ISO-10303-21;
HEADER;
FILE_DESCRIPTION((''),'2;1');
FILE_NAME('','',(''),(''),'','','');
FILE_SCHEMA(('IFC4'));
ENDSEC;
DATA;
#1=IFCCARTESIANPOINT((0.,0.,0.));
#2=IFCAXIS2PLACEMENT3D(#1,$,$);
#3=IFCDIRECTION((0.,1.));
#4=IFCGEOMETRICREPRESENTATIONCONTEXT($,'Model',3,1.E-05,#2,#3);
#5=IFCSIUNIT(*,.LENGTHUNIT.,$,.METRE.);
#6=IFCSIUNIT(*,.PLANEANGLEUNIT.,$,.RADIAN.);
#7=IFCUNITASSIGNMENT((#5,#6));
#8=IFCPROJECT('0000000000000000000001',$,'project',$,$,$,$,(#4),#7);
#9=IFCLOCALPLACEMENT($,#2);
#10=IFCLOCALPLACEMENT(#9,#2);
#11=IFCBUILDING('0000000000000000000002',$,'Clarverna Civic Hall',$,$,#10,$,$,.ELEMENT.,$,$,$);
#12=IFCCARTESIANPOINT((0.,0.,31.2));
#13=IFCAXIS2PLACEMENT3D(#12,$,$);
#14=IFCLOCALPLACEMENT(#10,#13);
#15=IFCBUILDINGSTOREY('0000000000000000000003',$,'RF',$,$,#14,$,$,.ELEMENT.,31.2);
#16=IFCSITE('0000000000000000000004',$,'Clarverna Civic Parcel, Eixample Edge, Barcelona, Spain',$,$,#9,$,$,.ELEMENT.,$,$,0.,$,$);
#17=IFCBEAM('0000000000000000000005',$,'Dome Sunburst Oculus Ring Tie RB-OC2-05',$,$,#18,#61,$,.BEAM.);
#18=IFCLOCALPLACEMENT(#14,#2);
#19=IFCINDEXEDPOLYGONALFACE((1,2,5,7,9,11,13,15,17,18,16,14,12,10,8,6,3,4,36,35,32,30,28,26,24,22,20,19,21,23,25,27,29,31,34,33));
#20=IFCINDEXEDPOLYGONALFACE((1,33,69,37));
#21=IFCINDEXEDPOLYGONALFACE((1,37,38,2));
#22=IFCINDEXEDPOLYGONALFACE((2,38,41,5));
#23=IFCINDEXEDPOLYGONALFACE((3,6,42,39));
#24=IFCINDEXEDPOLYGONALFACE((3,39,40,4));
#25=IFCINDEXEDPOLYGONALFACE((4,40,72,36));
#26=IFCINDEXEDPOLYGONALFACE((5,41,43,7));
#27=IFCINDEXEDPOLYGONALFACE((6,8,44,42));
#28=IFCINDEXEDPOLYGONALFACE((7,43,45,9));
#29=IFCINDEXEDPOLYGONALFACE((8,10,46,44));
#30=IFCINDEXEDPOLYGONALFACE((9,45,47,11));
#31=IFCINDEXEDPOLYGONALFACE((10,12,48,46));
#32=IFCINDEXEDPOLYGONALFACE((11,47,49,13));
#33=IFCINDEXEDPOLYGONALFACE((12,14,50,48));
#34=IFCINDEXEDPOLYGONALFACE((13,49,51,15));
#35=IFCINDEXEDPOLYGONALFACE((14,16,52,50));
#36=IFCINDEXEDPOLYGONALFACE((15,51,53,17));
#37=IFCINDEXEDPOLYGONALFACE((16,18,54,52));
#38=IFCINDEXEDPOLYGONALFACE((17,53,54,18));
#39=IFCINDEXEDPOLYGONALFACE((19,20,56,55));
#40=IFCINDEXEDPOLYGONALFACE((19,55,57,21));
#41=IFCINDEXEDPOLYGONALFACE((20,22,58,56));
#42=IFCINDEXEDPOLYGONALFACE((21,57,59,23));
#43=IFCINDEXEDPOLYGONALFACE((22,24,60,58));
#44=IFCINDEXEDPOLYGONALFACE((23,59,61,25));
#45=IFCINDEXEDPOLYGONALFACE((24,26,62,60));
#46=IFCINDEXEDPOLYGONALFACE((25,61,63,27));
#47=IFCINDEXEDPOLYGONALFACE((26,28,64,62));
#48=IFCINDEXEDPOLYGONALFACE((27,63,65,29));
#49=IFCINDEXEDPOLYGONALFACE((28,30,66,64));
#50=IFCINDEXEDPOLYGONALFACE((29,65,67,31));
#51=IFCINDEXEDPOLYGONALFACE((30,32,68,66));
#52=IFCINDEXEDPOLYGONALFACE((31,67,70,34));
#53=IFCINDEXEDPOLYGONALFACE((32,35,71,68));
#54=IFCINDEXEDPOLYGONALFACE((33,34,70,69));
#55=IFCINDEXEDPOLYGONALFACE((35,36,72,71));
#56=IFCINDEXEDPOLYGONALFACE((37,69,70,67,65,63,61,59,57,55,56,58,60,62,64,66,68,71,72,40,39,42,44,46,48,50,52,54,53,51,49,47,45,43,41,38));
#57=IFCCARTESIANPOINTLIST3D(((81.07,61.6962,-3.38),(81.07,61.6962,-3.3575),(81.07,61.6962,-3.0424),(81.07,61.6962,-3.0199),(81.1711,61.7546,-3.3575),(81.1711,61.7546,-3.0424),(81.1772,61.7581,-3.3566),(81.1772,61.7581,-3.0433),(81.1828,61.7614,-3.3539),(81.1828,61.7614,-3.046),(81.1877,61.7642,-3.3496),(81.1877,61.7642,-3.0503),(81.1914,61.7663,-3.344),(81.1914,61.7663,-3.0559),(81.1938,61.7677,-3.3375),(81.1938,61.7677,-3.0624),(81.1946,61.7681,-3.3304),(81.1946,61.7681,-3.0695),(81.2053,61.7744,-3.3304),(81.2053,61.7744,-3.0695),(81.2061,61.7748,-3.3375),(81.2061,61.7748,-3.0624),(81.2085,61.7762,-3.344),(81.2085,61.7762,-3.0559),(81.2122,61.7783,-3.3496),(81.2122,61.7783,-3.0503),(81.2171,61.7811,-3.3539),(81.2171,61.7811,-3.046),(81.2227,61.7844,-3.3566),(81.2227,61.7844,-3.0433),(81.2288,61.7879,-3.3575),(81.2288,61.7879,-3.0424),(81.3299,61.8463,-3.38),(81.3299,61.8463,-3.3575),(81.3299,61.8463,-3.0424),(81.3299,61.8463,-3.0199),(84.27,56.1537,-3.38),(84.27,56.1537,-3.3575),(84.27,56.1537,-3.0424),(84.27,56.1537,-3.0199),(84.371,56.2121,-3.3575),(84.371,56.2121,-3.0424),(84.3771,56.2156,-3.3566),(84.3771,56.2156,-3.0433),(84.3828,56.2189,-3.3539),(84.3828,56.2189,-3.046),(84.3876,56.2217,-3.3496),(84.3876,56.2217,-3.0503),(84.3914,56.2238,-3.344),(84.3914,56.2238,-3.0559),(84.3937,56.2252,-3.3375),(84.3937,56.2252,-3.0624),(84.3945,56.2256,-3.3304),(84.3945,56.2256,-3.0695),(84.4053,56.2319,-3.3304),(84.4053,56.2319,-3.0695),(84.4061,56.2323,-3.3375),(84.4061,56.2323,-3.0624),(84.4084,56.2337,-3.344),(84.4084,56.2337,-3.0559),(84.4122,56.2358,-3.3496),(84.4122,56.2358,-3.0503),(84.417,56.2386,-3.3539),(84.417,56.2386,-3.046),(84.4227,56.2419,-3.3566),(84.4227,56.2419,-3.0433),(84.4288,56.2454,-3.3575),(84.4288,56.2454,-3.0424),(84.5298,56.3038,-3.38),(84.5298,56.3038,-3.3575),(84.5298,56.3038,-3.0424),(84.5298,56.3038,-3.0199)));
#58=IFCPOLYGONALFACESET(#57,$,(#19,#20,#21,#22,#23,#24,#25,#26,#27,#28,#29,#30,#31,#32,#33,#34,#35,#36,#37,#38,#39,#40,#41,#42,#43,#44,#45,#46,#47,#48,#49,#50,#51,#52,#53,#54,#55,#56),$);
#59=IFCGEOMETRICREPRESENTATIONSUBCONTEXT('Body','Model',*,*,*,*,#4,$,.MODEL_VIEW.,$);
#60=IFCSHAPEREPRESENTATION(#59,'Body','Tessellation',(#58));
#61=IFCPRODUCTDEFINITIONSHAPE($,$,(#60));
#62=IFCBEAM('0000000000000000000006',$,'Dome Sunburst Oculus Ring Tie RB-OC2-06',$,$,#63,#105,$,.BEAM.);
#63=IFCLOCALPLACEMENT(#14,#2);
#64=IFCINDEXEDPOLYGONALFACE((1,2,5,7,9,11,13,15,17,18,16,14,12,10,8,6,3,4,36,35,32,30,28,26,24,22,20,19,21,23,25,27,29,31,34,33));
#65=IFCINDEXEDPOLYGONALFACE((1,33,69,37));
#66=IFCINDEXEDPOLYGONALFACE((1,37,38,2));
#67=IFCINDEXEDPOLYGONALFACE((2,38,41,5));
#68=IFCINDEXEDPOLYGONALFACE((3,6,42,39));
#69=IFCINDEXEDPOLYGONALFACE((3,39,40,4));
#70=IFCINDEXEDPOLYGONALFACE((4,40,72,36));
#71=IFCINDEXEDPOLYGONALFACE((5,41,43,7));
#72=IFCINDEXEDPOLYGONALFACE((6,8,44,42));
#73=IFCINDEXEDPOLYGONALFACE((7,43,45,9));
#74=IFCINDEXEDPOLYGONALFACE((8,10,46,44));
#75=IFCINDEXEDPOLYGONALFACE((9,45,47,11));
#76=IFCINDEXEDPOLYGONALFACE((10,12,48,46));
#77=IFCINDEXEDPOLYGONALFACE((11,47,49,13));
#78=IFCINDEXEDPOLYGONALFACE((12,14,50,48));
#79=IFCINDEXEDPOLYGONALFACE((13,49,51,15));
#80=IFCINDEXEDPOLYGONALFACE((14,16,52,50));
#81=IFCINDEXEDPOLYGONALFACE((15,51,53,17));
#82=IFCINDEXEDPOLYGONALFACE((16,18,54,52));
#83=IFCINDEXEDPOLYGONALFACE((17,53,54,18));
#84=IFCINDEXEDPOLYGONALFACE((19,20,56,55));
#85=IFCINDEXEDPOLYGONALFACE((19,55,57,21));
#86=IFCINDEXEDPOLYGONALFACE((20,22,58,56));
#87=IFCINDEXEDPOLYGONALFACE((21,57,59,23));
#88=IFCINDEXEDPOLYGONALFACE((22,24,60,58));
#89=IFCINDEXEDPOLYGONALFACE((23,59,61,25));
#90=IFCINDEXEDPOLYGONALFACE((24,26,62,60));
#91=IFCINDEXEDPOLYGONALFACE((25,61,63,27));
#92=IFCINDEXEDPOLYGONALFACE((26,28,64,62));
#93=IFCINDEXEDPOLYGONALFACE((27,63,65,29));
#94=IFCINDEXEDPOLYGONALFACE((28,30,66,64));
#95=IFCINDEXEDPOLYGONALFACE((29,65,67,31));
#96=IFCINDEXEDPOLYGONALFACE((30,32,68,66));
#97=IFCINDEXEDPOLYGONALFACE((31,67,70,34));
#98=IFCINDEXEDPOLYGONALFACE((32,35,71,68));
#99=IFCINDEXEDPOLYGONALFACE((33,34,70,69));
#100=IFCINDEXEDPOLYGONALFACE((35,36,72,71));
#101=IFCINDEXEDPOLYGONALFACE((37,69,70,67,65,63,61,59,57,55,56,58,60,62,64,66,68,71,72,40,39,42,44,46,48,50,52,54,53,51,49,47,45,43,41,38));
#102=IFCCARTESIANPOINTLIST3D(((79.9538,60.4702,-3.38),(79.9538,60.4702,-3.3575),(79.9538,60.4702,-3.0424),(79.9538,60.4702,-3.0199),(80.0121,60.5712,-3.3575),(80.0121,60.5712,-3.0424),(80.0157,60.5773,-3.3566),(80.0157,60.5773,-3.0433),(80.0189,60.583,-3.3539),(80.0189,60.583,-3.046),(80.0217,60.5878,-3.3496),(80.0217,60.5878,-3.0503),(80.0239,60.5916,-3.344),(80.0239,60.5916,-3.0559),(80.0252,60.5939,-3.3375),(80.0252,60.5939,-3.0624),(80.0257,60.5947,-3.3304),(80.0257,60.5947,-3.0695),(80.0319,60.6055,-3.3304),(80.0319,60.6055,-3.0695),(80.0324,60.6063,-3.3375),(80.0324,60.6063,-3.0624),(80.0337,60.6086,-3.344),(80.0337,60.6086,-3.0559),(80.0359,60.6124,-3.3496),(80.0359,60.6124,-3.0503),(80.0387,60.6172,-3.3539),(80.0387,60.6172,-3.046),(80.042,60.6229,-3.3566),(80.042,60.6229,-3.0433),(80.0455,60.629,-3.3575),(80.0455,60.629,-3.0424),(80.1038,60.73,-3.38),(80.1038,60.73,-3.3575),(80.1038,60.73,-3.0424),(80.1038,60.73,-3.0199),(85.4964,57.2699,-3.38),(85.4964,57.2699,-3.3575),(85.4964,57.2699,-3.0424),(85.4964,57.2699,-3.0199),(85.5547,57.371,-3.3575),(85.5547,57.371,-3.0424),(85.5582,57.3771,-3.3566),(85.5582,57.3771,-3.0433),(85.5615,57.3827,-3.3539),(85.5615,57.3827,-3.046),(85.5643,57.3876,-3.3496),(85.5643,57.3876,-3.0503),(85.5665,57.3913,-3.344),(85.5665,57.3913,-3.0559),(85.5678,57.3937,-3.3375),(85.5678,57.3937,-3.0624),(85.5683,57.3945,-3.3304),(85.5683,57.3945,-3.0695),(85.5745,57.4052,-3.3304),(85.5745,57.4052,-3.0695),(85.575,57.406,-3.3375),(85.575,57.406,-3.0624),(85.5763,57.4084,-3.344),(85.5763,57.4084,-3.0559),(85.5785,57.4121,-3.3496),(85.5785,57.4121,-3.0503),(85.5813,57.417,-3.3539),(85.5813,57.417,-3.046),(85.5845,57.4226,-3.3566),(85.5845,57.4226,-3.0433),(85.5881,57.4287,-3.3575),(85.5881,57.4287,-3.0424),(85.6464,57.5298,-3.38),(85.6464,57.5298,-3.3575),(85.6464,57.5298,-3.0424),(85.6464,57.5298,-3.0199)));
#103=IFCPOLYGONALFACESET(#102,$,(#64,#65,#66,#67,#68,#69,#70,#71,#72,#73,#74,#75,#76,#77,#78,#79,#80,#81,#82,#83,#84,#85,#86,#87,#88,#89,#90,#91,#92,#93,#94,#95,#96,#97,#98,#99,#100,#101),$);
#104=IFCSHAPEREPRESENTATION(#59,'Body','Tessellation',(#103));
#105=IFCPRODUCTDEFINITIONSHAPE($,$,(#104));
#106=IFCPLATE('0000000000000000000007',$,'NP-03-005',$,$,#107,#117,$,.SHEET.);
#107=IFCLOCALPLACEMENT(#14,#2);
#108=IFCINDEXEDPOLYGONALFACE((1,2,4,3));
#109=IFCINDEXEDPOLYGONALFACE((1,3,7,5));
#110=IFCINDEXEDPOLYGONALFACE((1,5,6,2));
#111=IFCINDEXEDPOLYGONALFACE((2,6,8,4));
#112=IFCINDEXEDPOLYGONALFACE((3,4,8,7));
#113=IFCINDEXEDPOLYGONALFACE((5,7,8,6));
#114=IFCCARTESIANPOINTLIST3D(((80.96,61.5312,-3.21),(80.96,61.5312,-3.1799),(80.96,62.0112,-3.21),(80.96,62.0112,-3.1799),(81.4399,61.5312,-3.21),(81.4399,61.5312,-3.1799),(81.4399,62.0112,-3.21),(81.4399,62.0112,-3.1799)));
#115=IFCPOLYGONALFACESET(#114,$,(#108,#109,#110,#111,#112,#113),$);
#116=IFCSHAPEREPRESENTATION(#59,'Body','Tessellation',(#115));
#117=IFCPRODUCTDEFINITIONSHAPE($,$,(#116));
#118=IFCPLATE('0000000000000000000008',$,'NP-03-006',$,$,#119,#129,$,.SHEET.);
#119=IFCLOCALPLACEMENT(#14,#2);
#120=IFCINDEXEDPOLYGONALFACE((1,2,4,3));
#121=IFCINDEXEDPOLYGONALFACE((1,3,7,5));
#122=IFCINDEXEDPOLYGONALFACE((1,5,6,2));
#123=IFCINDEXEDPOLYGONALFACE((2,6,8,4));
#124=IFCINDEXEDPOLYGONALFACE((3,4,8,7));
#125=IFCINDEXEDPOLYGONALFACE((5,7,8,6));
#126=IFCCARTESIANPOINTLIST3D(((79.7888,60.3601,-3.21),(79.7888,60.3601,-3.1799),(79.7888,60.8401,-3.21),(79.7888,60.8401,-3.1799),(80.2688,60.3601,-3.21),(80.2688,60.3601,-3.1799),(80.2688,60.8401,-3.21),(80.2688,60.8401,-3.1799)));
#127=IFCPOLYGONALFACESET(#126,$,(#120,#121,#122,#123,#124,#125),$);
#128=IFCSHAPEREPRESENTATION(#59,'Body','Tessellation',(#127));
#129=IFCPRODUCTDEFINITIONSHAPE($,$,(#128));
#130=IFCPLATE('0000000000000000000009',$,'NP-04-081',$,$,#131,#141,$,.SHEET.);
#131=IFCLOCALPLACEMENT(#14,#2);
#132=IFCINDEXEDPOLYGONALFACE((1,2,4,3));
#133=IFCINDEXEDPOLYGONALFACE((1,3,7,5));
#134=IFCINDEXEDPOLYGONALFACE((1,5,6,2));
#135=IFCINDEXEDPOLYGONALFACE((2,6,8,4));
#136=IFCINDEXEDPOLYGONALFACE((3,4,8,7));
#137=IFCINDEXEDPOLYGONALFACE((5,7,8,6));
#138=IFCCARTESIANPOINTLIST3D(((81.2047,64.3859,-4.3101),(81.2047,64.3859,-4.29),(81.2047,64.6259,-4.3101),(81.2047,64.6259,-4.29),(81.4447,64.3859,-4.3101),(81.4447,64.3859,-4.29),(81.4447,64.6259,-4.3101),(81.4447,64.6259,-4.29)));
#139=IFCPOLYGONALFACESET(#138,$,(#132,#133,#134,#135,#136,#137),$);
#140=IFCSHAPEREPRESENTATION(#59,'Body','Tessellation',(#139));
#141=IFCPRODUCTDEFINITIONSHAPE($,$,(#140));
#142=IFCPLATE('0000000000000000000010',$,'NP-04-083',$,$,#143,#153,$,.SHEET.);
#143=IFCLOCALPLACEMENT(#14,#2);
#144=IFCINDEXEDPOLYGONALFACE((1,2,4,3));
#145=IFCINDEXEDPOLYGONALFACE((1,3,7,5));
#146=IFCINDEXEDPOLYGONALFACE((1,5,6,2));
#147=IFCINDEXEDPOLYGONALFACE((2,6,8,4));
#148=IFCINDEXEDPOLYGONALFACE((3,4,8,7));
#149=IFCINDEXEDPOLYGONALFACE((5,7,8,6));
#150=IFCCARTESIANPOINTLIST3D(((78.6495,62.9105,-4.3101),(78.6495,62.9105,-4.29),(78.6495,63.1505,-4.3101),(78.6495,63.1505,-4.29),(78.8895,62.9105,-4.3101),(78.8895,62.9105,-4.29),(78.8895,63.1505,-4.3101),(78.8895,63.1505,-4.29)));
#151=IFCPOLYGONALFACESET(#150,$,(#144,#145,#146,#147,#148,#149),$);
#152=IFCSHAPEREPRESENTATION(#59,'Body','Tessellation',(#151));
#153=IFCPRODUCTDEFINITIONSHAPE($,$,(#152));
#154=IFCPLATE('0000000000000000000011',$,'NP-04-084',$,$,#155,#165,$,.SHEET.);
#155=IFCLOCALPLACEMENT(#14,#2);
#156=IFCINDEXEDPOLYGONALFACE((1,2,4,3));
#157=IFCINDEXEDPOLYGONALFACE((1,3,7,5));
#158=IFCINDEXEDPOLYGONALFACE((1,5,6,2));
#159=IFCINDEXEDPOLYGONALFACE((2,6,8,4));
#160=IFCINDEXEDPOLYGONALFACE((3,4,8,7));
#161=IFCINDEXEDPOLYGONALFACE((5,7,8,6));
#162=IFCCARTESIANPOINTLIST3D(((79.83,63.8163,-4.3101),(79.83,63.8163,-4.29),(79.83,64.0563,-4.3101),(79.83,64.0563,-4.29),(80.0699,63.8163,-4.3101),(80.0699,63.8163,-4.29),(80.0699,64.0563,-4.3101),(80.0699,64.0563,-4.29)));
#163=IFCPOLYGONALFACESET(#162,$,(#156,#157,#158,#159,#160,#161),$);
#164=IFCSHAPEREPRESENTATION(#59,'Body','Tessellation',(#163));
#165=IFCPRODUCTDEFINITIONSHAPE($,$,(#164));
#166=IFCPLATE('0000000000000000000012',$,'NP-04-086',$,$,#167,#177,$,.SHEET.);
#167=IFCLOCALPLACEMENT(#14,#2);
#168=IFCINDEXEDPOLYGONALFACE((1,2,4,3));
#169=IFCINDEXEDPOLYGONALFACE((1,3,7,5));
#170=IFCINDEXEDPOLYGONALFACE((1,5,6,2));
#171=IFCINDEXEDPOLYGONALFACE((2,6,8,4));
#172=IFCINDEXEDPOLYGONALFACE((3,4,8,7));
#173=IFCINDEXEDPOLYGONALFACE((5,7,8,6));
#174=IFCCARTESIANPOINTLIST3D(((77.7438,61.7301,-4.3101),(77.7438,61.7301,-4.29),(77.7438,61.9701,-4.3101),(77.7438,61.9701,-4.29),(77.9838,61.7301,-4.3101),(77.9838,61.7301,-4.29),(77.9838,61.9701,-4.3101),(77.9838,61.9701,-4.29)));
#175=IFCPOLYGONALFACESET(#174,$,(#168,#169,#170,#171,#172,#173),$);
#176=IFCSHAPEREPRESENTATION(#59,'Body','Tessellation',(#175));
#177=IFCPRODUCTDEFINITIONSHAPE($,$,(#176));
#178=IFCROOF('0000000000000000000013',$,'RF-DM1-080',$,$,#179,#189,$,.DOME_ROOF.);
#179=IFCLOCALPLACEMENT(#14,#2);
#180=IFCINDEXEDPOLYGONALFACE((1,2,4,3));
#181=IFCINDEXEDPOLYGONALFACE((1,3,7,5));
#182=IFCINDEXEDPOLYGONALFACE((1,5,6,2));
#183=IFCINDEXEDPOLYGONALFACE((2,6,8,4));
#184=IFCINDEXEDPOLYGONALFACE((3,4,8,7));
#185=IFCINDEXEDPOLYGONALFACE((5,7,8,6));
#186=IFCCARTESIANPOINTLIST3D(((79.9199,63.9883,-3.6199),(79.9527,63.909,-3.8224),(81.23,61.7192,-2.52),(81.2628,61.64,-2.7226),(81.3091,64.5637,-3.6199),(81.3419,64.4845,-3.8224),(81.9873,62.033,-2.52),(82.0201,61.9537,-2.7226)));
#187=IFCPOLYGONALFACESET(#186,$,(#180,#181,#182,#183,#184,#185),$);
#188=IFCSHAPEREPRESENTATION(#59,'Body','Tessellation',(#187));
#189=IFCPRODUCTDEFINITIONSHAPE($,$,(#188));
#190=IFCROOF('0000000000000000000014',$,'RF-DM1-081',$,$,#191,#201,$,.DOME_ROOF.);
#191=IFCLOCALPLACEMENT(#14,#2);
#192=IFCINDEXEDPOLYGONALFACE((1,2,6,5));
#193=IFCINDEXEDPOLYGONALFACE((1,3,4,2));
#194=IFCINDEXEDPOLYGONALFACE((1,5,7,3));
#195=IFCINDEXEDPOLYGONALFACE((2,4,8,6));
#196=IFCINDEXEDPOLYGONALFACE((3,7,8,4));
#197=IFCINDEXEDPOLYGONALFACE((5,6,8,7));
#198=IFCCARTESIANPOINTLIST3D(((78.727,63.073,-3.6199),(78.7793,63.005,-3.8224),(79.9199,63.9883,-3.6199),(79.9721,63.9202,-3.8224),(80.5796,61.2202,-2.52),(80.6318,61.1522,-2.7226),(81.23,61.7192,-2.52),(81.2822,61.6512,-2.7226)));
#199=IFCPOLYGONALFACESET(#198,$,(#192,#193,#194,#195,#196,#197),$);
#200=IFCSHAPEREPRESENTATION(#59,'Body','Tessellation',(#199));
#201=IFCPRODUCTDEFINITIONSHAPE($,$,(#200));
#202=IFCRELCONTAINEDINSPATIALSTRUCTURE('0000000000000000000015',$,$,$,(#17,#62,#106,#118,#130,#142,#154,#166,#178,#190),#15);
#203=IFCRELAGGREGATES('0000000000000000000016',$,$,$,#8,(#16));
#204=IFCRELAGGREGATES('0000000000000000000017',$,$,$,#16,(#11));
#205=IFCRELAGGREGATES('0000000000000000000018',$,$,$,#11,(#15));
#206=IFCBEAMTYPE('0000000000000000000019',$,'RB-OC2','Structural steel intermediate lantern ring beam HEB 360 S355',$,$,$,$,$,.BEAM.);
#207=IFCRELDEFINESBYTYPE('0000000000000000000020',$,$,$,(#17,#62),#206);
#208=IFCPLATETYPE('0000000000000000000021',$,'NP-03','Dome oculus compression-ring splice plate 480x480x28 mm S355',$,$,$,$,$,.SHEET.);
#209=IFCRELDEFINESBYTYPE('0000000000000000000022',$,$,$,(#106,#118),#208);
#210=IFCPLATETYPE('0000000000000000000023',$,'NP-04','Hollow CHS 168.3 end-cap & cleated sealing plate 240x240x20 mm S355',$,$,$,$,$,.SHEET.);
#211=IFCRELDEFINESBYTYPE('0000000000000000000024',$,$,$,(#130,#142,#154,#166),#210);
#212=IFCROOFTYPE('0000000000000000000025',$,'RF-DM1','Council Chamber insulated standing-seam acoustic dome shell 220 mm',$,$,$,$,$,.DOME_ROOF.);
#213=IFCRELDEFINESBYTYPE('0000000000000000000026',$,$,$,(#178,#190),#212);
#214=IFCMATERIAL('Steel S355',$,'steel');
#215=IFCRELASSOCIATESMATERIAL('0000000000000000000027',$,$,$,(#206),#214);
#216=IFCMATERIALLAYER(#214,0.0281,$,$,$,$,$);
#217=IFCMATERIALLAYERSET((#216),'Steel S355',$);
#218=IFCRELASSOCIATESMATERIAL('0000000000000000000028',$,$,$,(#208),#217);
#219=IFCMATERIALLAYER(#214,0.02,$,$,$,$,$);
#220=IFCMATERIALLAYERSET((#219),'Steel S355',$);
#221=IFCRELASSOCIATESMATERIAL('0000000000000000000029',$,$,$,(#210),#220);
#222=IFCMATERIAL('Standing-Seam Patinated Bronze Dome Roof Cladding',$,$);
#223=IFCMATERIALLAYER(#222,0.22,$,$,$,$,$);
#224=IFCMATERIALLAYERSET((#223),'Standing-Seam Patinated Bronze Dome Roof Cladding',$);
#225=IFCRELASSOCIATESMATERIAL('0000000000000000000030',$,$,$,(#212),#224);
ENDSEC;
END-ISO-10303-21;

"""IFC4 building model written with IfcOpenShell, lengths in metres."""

from ifc_helpers import new_model, si_unit, direction, frame, origin, origin_2d, place, context, subcontext, project, spatial, polyline, rectangle, i_section, outline, extrude, material, layer, layer_set, material_profile, profile_set, type_object, element, save


model = new_model("IFC4")

# Units and contexts
model_context = context("Model", 3, precision=1e-05, world=origin(), true_north=direction((0.0, 1.0)))
body_context = subcontext(model_context, "Body", "Model", "MODEL_VIEW")
ifc_project = project(units=[si_unit("LENGTHUNIT", "METRE"), si_unit("PLANEANGLEUNIT", "RADIAN")], contexts=[model_context])

# Site, building, storey
site_placement = place(None, origin())
site = spatial("IfcSite", under=ifc_project, at=site_placement, Name="Clarverna Civic Parcel, Eixample Edge, Barcelona, Spain", CompositionType="ELEMENT", RefElevation=0.0)
building_placement = place(site_placement, origin())
building = spatial("IfcBuilding", under=site, at=building_placement, Name="Clarverna Civic Hall", CompositionType="ELEMENT")
storey_placement = place(building_placement, frame((0.0, 0.0, 31.2)))
storey = spatial("IfcBuildingStorey", under=building, at=storey_placement, Name="RF", CompositionType="ELEMENT", Elevation=31.2)

# Shared definitions
ifc_material_1 = material(Name="Steel S355", Category="steel")

# Beams
ifc_material_profile_1 = material_profile(ifc_material_1, i_section(OverallWidth=0.3, OverallDepth=0.3601, WebThickness=0.0125, FlangeThickness=0.0225, FilletRadius=0.0271, at=origin_2d()), Name="HEB 360")
ifc_profile_set_1 = profile_set([ifc_material_profile_1], Name="Steel S355")
beam_type_1 = type_object("IfcBeamType", Name="RB-OC2", Description="Structural steel intermediate lantern ring beam HEB 360 S355", PredefinedType="BEAM", material=ifc_profile_set_1)
beam_1_placement = place(storey_placement, frame((81.2, 61.7712, -3.2), z_axis=(0.5, -0.866025, 0.0), x_axis=(0.866025, 0.5, 0.0)))
element("IfcBeam", 1, at=beam_1_placement, inside=storey, type_object=beam_type_1, Name="Dome Sunburst Oculus Ring Tie RB-OC2-05", PredefinedType="BEAM", context=body_context, shape_type="SweptSolid", body=[
    extrude(i_section(OverallWidth=0.3, OverallDepth=0.3601, WebThickness=0.0125, FlangeThickness=0.0225, FilletRadius=0.0271, at=origin_2d()), origin(), (0.0, 0.0, 1.0), 6.3999),
])
beam_2_placement = place(storey_placement, frame((80.0288, 60.6001, -3.2), z_axis=(0.866009, -0.500028, 0.0), x_axis=(0.500028, 0.866009, 0.0)))
element("IfcBeam", 2, at=beam_2_placement, inside=storey, type_object=beam_type_1, Name="Dome Sunburst Oculus Ring Tie RB-OC2-06", PredefinedType="BEAM", context=body_context, shape_type="SweptSolid", body=[
    extrude(i_section(OverallWidth=0.3, OverallDepth=0.3601, WebThickness=0.0125, FlangeThickness=0.0225, FilletRadius=0.0271, at=origin_2d()), origin(), (0.0, 0.0, 1.0), 6.4001),
])

# Plates
ifc_layer_1 = layer(ifc_material_1, 0.0281)
ifc_layer_set_1 = layer_set([ifc_layer_1], Name="Steel S355")
plate_type_1 = type_object("IfcPlateType", Name="NP-03", Description="Dome oculus compression-ring splice plate 480x480x28 mm S355", PredefinedType="SHEET", material=ifc_layer_set_1)
for number, where, z_axis, x_axis, name in (
    (3, (81.2, 61.7712, -3.21), (0.0, 0.0, 1.0), (1.0, 0.0, 0.0), "NP-03-005"),
    (4, (80.0288, 60.6001, -3.21), (0.0, 0.0, 1.0), (1.0, 0.0, 0.0), "NP-03-006"),
):
    element("IfcPlate", number, at=place(storey_placement, frame(where, z_axis=z_axis, x_axis=x_axis)), inside=storey, type_object=plate_type_1, Name=name, PredefinedType="SHEET", context=body_context, shape_type="SweptSolid", body=[
        extrude(rectangle(XDim=0.48, YDim=0.48, at=origin_2d()), origin(), (0.0, 0.0, 1.0), 0.03),
    ])
ifc_layer_2 = layer(ifc_material_1, 0.02)
ifc_layer_set_2 = layer_set([ifc_layer_2], Name="Steel S355")
plate_type_2 = type_object("IfcPlateType", Name="NP-04", Description="Hollow CHS 168.3 end-cap & cleated sealing plate 240x240x20 mm S355", PredefinedType="SHEET", material=ifc_layer_set_2)
for number, where, z_axis, x_axis, name in (
    (5, (81.3247, 64.5059, -4.3101), (0.0, 0.0, 1.0), (1.0, 0.0, 0.0), "NP-04-081"),
    (6, (78.7695, 63.0305, -4.3101), (0.0, 0.0, 1.0), (1.0, 0.0, 0.0), "NP-04-083"),
    (7, (79.95, 63.9363, -4.3101), (0.0, 0.0, 1.0), (1.0, 0.0, 0.0), "NP-04-084"),
    (8, (77.8638, 61.8501, -4.3101), (0.0, 0.0, 1.0), (1.0, 0.0, 0.0), "NP-04-086"),
):
    element("IfcPlate", number, at=place(storey_placement, frame(where, z_axis=z_axis, x_axis=x_axis)), inside=storey, type_object=plate_type_2, Name=name, PredefinedType="SHEET", context=body_context, shape_type="SweptSolid", body=[
        extrude(rectangle(XDim=0.24, YDim=0.24, at=origin_2d()), origin(), (0.0, 0.0, 1.0), 0.02),
    ])

# Roofs
ifc_material_2 = material(Name="Standing-Seam Patinated Bronze Dome Roof Cladding")
ifc_layer_3 = layer(ifc_material_2, 0.22)
ifc_layer_set_3 = layer_set([ifc_layer_3], Name="Standing-Seam Patinated Bronze Dome Roof Cladding")
roof_type = type_object("IfcRoofType", Name="RF-DM1", Description="Council Chamber insulated standing-seam acoustic dome shell 220 mm", PredefinedType="DOME_ROOF", material=ifc_layer_set_3)
roof_1_placement = place(storey_placement, frame((81.3091, 64.5637, -3.6199), z_axis=(-0.149214, 0.360211, 0.92086), x_axis=(-0.923872, -0.382701, -0.000001)))
element("IfcRoof", 9, at=roof_1_placement, inside=storey, type_object=roof_type, Name="RF-DM1-080", PredefinedType="DOME_ROOF", context=body_context, shape_type="SweptSolid", body=[
    extrude(outline(polyline([(0.0, 0.0), (1.5036, 0.0), (1.1617, 2.8209), (0.3419, 2.8209), (0.0, 0.0)])), origin(), (0.0, 0.0, -1.0), 0.22),
])
roof_2_placement = place(storey_placement, frame((79.9199, 63.9883, -3.6199), z_axis=(-0.237343, 0.309329, 0.92086), x_axis=(-0.793366, -0.608744, 0.000002)))
element("IfcRoof", 10, at=roof_2_placement, inside=storey, type_object=roof_type, Name="RF-DM1-081", PredefinedType="DOME_ROOF", context=body_context, shape_type="SweptSolid", body=[
    extrude(outline(polyline([(0.0, 0.0), (1.5036, 0.0), (1.1617, 2.8209), (0.3419, 2.8209), (0.0, 0.0)])), origin(), (0.0, 0.0, -1.0), 0.22),
])

save(model, "model.ifc")
